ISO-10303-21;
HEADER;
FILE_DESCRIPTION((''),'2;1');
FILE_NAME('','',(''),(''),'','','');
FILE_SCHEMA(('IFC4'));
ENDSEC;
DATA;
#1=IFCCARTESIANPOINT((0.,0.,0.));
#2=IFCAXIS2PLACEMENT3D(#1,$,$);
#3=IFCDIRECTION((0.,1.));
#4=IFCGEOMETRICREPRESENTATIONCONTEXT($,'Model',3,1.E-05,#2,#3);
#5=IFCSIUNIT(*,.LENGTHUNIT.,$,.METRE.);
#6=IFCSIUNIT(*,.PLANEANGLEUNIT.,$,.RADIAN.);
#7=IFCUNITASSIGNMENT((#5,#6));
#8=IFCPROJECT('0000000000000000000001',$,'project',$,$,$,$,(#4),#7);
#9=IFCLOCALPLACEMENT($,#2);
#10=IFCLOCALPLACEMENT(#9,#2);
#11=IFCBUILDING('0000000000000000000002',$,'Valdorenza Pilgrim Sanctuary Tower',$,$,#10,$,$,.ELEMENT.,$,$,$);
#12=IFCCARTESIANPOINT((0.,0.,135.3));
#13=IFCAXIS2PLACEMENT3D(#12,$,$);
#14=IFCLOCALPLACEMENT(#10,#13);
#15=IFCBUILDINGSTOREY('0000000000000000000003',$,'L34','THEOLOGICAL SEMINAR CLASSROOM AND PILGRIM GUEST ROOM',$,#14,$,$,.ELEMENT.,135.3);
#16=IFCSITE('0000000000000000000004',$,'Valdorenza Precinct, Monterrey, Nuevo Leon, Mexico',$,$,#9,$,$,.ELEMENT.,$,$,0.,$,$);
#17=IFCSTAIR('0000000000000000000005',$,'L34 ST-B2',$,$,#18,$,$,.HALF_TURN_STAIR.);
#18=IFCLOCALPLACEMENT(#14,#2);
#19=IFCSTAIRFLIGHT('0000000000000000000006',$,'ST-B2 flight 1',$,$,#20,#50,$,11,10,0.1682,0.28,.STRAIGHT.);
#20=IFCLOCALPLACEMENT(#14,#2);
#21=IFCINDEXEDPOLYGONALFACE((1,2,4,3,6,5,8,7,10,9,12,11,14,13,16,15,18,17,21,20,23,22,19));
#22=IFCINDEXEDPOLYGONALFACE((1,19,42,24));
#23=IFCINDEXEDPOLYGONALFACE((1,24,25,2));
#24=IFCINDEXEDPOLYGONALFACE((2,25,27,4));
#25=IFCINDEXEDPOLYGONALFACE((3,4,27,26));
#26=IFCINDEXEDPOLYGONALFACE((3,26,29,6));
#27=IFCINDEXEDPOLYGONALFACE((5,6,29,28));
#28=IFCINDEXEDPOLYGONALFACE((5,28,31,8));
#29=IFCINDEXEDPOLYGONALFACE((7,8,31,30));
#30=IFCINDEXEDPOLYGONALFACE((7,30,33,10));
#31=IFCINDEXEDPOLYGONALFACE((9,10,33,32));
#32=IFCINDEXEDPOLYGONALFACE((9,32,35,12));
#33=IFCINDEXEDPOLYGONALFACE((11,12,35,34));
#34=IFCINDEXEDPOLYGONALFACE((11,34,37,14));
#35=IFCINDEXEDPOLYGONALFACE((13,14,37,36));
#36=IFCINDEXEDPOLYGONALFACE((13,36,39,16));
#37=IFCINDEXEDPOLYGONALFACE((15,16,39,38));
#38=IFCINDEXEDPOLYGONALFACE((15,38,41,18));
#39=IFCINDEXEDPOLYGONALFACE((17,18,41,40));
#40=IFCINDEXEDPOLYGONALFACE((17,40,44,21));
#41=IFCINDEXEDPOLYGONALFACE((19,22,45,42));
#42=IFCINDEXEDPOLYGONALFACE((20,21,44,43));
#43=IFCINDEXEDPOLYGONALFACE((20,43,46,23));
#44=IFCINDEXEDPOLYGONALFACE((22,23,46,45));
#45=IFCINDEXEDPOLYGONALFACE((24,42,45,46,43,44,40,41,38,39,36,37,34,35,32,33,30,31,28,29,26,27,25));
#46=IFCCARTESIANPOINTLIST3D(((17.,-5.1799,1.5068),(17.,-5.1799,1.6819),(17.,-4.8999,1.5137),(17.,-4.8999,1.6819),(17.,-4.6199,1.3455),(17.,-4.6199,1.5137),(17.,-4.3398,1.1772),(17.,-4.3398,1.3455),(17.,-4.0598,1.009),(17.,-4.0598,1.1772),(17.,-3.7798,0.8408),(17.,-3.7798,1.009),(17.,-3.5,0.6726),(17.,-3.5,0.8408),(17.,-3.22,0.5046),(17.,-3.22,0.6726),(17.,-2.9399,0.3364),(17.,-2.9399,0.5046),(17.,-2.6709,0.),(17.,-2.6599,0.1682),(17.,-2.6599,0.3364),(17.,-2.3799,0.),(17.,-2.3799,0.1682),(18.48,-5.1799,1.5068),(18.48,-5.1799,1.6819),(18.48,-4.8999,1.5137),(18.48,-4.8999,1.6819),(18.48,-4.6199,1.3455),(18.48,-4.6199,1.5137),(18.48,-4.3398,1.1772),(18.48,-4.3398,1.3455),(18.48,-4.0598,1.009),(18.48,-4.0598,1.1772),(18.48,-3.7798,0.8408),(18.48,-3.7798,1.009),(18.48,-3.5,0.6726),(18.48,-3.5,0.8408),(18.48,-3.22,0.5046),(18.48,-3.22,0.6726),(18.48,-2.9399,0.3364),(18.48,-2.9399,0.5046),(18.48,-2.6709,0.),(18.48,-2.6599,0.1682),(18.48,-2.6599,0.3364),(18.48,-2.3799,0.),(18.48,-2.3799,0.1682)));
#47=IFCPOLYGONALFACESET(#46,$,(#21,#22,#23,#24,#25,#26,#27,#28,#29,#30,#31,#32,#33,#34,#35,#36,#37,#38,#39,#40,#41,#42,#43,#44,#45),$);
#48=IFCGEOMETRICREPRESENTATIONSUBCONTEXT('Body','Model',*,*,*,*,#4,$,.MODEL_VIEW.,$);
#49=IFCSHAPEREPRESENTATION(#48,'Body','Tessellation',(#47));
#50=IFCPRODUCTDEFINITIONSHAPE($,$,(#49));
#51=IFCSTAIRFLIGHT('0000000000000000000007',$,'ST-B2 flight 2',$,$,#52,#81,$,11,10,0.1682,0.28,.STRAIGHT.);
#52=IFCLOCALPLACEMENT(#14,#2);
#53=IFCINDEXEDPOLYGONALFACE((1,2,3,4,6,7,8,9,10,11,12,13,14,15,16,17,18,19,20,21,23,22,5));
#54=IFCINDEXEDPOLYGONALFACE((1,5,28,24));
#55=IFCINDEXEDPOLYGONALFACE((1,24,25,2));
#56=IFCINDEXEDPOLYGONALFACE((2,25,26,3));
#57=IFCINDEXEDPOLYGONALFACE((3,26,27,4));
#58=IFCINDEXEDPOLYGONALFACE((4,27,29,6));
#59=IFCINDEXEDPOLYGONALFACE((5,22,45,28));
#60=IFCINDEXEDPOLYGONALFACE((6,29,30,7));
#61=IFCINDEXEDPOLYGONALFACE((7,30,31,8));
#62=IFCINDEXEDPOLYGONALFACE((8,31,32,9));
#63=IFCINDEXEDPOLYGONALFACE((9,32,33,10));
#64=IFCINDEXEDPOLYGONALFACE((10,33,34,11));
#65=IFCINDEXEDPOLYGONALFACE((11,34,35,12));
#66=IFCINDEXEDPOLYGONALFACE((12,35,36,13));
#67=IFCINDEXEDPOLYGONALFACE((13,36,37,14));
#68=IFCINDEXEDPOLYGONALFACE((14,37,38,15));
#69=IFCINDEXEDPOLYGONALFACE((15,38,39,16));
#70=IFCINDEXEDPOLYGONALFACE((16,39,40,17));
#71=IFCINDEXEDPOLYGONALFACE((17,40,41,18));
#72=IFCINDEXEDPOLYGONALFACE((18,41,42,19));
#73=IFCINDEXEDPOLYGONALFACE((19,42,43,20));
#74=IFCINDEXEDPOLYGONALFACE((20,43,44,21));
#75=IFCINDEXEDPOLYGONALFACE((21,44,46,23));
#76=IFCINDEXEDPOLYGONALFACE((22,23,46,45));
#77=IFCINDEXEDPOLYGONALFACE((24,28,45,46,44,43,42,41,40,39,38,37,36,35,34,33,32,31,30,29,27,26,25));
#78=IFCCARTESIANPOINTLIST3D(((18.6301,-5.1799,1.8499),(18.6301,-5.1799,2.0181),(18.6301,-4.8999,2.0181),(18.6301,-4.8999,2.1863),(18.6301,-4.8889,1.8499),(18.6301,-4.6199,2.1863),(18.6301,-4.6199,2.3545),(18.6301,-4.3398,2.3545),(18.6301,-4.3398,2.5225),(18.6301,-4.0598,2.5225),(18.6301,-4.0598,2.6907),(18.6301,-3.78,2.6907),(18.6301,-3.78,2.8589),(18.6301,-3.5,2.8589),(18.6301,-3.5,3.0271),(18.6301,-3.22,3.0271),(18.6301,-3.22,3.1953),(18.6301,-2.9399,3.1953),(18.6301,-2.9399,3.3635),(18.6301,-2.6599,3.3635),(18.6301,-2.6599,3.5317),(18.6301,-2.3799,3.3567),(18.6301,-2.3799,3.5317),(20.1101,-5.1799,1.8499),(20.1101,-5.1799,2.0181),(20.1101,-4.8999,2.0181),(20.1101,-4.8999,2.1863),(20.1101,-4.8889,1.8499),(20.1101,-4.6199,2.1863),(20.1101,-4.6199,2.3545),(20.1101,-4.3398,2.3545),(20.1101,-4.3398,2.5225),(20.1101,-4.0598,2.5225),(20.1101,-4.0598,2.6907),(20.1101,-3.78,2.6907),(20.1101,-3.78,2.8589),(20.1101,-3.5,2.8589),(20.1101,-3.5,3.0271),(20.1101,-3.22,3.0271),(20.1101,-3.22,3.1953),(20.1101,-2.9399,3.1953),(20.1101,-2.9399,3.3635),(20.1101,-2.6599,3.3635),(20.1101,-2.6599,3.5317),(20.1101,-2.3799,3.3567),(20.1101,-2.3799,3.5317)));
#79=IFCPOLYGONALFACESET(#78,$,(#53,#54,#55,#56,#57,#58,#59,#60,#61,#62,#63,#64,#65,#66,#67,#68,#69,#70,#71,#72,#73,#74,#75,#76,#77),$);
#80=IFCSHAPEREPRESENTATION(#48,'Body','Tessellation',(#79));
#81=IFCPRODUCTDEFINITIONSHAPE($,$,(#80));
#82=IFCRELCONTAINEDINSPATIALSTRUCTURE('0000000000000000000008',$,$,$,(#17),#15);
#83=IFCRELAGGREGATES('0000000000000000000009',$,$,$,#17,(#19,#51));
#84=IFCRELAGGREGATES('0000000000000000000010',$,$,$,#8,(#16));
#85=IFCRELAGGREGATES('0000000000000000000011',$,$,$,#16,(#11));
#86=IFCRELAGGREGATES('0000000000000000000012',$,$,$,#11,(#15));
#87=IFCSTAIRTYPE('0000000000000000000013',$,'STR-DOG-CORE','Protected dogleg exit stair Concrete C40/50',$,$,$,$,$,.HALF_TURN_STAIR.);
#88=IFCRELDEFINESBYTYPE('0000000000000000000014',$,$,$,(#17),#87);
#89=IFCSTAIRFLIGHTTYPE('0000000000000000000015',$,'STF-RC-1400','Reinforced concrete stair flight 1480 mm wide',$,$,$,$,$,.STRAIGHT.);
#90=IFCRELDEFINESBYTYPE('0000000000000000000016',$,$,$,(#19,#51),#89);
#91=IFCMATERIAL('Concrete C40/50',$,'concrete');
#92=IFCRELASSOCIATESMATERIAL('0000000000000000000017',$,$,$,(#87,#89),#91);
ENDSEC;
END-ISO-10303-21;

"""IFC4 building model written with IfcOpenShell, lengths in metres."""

from ifc_helpers import new_model, si_unit, direction, frame, origin, place, context, subcontext, project, spatial, polyline, outline, extrude, material, type_object, element, aggregate, save


model = new_model("IFC4")

# Units and contexts
model_context = context("Model", 3, precision=1e-05, world=origin(), true_north=direction((0.0, 1.0)))
body_context = subcontext(model_context, "Body", "Model", "MODEL_VIEW")
ifc_project = project(units=[si_unit("LENGTHUNIT", "METRE"), si_unit("PLANEANGLEUNIT", "RADIAN")], contexts=[model_context])

# Site, building, storey
site_placement = place(None, origin())
site = spatial("IfcSite", under=ifc_project, at=site_placement, Name="Valdorenza Precinct, Monterrey, Nuevo Leon, Mexico", CompositionType="ELEMENT", RefElevation=0.0)
building_placement = place(site_placement, origin())
building = spatial("IfcBuilding", under=site, at=building_placement, Name="Valdorenza Pilgrim Sanctuary Tower", CompositionType="ELEMENT")
storey_placement = place(building_placement, frame((0.0, 0.0, 135.3)))
storey = spatial("IfcBuildingStorey", under=building, at=storey_placement, Name="L34", Description="THEOLOGICAL SEMINAR CLASSROOM AND PILGRIM GUEST ROOM", CompositionType="ELEMENT", Elevation=135.3)

# Shared definitions
ifc_material_1 = material(Name="Concrete C40/50", Category="concrete")

# Stair, stair flights
stair_type = type_object("IfcStairType", Name="STR-DOG-CORE", Description="Protected dogleg exit stair Concrete C40/50", PredefinedType="HALF_TURN_STAIR", material=ifc_material_1)
stair_placement = place(storey_placement, origin())
stair = element("IfcStair", 1, at=stair_placement, inside=storey, type_object=stair_type, Name="L34 ST-B2", PredefinedType="HALF_TURN_STAIR")
stair_flight_type = type_object("IfcStairFlightType", Name="STF-RC-1400", Description="Reinforced concrete stair flight 1480 mm wide", PredefinedType="STRAIGHT", material=ifc_material_1)
stair_flight_1_placement = place(storey_placement, frame((17.74, -2.3799, 0.0), z_axis=(0.0, 0.0, 1.0), x_axis=(0.0, -1.0, 0.0)))
stair_flight_1 = element("IfcStairFlight", 2, at=stair_flight_1_placement, type_object=stair_flight_type, Name="ST-B2 flight 1", NumberOfRisers=11, NumberOfTreads=10, PredefinedType="STRAIGHT", RiserHeight=0.1682, TreadLength=0.28, context=body_context, shape_type="SweptSolid", body=[
    extrude(outline(polyline([(0.0, 0.0), (0.0, 0.1682), (0.28, 0.1682), (0.28, 0.3364), (0.5601, 0.3364), (0.5601, 0.5046), (0.8401, 0.5046), (0.8401, 0.6726), (1.1201, 0.6726), (1.1201, 0.8408), (1.3999, 0.8408), (1.3999, 1.009), (1.6799, 1.009), (1.6799, 1.1772), (1.96, 1.1772), (1.96, 1.3455), (2.24, 1.3455), (2.24, 1.5137), (2.52, 1.5137), (2.52, 1.6819), (2.8, 1.6819), (2.8, 1.8501), (2.8, 1.5068), (0.291, 0.0), (0.0, 0.0)])), frame((0.0, 0.74, 0.0), z_axis=(0.0, -1.0, 0.0), x_axis=(1.0, 0.0, 0.0)), (0.0, 0.0, 1.0), 1.48),
])
stair_flight_2_placement = place(storey_placement, frame((19.3701, -5.1799, 1.8499), z_axis=(0.0, 0.0, 1.0), x_axis=(0.0, 1.0, 0.0)))
stair_flight_2 = element("IfcStairFlight", 3, at=stair_flight_2_placement, type_object=stair_flight_type, Name="ST-B2 flight 2", NumberOfRisers=11, NumberOfTreads=10, PredefinedType="STRAIGHT", RiserHeight=0.1682, TreadLength=0.28, context=body_context, shape_type="SweptSolid", body=[
    extrude(outline(polyline([(0.0, 0.0), (0.0, 0.1682), (0.28, 0.1682), (0.28, 0.3364), (0.5601, 0.3364), (0.5601, 0.5046), (0.8401, 0.5046), (0.8401, 0.6726), (1.1201, 0.6726), (1.1201, 0.8408), (1.3999, 0.8408), (1.3999, 1.009), (1.6799, 1.009), (1.6799, 1.1772), (1.96, 1.1772), (1.96, 1.3455), (2.24, 1.3455), (2.24, 1.5137), (2.52, 1.5137), (2.52, 1.6819), (2.8, 1.6819), (2.8, 1.8501), (2.8, 1.5068), (0.291, 0.0), (0.0, 0.0)])), frame((0.0, 0.74, 0.0), z_axis=(0.0, -1.0, 0.0), x_axis=(1.0, 0.0, 0.0)), (0.0, 0.0, 1.0), 1.48),
])
aggregate(stair, [stair_flight_1, stair_flight_2])

save(model, "model.ifc")
